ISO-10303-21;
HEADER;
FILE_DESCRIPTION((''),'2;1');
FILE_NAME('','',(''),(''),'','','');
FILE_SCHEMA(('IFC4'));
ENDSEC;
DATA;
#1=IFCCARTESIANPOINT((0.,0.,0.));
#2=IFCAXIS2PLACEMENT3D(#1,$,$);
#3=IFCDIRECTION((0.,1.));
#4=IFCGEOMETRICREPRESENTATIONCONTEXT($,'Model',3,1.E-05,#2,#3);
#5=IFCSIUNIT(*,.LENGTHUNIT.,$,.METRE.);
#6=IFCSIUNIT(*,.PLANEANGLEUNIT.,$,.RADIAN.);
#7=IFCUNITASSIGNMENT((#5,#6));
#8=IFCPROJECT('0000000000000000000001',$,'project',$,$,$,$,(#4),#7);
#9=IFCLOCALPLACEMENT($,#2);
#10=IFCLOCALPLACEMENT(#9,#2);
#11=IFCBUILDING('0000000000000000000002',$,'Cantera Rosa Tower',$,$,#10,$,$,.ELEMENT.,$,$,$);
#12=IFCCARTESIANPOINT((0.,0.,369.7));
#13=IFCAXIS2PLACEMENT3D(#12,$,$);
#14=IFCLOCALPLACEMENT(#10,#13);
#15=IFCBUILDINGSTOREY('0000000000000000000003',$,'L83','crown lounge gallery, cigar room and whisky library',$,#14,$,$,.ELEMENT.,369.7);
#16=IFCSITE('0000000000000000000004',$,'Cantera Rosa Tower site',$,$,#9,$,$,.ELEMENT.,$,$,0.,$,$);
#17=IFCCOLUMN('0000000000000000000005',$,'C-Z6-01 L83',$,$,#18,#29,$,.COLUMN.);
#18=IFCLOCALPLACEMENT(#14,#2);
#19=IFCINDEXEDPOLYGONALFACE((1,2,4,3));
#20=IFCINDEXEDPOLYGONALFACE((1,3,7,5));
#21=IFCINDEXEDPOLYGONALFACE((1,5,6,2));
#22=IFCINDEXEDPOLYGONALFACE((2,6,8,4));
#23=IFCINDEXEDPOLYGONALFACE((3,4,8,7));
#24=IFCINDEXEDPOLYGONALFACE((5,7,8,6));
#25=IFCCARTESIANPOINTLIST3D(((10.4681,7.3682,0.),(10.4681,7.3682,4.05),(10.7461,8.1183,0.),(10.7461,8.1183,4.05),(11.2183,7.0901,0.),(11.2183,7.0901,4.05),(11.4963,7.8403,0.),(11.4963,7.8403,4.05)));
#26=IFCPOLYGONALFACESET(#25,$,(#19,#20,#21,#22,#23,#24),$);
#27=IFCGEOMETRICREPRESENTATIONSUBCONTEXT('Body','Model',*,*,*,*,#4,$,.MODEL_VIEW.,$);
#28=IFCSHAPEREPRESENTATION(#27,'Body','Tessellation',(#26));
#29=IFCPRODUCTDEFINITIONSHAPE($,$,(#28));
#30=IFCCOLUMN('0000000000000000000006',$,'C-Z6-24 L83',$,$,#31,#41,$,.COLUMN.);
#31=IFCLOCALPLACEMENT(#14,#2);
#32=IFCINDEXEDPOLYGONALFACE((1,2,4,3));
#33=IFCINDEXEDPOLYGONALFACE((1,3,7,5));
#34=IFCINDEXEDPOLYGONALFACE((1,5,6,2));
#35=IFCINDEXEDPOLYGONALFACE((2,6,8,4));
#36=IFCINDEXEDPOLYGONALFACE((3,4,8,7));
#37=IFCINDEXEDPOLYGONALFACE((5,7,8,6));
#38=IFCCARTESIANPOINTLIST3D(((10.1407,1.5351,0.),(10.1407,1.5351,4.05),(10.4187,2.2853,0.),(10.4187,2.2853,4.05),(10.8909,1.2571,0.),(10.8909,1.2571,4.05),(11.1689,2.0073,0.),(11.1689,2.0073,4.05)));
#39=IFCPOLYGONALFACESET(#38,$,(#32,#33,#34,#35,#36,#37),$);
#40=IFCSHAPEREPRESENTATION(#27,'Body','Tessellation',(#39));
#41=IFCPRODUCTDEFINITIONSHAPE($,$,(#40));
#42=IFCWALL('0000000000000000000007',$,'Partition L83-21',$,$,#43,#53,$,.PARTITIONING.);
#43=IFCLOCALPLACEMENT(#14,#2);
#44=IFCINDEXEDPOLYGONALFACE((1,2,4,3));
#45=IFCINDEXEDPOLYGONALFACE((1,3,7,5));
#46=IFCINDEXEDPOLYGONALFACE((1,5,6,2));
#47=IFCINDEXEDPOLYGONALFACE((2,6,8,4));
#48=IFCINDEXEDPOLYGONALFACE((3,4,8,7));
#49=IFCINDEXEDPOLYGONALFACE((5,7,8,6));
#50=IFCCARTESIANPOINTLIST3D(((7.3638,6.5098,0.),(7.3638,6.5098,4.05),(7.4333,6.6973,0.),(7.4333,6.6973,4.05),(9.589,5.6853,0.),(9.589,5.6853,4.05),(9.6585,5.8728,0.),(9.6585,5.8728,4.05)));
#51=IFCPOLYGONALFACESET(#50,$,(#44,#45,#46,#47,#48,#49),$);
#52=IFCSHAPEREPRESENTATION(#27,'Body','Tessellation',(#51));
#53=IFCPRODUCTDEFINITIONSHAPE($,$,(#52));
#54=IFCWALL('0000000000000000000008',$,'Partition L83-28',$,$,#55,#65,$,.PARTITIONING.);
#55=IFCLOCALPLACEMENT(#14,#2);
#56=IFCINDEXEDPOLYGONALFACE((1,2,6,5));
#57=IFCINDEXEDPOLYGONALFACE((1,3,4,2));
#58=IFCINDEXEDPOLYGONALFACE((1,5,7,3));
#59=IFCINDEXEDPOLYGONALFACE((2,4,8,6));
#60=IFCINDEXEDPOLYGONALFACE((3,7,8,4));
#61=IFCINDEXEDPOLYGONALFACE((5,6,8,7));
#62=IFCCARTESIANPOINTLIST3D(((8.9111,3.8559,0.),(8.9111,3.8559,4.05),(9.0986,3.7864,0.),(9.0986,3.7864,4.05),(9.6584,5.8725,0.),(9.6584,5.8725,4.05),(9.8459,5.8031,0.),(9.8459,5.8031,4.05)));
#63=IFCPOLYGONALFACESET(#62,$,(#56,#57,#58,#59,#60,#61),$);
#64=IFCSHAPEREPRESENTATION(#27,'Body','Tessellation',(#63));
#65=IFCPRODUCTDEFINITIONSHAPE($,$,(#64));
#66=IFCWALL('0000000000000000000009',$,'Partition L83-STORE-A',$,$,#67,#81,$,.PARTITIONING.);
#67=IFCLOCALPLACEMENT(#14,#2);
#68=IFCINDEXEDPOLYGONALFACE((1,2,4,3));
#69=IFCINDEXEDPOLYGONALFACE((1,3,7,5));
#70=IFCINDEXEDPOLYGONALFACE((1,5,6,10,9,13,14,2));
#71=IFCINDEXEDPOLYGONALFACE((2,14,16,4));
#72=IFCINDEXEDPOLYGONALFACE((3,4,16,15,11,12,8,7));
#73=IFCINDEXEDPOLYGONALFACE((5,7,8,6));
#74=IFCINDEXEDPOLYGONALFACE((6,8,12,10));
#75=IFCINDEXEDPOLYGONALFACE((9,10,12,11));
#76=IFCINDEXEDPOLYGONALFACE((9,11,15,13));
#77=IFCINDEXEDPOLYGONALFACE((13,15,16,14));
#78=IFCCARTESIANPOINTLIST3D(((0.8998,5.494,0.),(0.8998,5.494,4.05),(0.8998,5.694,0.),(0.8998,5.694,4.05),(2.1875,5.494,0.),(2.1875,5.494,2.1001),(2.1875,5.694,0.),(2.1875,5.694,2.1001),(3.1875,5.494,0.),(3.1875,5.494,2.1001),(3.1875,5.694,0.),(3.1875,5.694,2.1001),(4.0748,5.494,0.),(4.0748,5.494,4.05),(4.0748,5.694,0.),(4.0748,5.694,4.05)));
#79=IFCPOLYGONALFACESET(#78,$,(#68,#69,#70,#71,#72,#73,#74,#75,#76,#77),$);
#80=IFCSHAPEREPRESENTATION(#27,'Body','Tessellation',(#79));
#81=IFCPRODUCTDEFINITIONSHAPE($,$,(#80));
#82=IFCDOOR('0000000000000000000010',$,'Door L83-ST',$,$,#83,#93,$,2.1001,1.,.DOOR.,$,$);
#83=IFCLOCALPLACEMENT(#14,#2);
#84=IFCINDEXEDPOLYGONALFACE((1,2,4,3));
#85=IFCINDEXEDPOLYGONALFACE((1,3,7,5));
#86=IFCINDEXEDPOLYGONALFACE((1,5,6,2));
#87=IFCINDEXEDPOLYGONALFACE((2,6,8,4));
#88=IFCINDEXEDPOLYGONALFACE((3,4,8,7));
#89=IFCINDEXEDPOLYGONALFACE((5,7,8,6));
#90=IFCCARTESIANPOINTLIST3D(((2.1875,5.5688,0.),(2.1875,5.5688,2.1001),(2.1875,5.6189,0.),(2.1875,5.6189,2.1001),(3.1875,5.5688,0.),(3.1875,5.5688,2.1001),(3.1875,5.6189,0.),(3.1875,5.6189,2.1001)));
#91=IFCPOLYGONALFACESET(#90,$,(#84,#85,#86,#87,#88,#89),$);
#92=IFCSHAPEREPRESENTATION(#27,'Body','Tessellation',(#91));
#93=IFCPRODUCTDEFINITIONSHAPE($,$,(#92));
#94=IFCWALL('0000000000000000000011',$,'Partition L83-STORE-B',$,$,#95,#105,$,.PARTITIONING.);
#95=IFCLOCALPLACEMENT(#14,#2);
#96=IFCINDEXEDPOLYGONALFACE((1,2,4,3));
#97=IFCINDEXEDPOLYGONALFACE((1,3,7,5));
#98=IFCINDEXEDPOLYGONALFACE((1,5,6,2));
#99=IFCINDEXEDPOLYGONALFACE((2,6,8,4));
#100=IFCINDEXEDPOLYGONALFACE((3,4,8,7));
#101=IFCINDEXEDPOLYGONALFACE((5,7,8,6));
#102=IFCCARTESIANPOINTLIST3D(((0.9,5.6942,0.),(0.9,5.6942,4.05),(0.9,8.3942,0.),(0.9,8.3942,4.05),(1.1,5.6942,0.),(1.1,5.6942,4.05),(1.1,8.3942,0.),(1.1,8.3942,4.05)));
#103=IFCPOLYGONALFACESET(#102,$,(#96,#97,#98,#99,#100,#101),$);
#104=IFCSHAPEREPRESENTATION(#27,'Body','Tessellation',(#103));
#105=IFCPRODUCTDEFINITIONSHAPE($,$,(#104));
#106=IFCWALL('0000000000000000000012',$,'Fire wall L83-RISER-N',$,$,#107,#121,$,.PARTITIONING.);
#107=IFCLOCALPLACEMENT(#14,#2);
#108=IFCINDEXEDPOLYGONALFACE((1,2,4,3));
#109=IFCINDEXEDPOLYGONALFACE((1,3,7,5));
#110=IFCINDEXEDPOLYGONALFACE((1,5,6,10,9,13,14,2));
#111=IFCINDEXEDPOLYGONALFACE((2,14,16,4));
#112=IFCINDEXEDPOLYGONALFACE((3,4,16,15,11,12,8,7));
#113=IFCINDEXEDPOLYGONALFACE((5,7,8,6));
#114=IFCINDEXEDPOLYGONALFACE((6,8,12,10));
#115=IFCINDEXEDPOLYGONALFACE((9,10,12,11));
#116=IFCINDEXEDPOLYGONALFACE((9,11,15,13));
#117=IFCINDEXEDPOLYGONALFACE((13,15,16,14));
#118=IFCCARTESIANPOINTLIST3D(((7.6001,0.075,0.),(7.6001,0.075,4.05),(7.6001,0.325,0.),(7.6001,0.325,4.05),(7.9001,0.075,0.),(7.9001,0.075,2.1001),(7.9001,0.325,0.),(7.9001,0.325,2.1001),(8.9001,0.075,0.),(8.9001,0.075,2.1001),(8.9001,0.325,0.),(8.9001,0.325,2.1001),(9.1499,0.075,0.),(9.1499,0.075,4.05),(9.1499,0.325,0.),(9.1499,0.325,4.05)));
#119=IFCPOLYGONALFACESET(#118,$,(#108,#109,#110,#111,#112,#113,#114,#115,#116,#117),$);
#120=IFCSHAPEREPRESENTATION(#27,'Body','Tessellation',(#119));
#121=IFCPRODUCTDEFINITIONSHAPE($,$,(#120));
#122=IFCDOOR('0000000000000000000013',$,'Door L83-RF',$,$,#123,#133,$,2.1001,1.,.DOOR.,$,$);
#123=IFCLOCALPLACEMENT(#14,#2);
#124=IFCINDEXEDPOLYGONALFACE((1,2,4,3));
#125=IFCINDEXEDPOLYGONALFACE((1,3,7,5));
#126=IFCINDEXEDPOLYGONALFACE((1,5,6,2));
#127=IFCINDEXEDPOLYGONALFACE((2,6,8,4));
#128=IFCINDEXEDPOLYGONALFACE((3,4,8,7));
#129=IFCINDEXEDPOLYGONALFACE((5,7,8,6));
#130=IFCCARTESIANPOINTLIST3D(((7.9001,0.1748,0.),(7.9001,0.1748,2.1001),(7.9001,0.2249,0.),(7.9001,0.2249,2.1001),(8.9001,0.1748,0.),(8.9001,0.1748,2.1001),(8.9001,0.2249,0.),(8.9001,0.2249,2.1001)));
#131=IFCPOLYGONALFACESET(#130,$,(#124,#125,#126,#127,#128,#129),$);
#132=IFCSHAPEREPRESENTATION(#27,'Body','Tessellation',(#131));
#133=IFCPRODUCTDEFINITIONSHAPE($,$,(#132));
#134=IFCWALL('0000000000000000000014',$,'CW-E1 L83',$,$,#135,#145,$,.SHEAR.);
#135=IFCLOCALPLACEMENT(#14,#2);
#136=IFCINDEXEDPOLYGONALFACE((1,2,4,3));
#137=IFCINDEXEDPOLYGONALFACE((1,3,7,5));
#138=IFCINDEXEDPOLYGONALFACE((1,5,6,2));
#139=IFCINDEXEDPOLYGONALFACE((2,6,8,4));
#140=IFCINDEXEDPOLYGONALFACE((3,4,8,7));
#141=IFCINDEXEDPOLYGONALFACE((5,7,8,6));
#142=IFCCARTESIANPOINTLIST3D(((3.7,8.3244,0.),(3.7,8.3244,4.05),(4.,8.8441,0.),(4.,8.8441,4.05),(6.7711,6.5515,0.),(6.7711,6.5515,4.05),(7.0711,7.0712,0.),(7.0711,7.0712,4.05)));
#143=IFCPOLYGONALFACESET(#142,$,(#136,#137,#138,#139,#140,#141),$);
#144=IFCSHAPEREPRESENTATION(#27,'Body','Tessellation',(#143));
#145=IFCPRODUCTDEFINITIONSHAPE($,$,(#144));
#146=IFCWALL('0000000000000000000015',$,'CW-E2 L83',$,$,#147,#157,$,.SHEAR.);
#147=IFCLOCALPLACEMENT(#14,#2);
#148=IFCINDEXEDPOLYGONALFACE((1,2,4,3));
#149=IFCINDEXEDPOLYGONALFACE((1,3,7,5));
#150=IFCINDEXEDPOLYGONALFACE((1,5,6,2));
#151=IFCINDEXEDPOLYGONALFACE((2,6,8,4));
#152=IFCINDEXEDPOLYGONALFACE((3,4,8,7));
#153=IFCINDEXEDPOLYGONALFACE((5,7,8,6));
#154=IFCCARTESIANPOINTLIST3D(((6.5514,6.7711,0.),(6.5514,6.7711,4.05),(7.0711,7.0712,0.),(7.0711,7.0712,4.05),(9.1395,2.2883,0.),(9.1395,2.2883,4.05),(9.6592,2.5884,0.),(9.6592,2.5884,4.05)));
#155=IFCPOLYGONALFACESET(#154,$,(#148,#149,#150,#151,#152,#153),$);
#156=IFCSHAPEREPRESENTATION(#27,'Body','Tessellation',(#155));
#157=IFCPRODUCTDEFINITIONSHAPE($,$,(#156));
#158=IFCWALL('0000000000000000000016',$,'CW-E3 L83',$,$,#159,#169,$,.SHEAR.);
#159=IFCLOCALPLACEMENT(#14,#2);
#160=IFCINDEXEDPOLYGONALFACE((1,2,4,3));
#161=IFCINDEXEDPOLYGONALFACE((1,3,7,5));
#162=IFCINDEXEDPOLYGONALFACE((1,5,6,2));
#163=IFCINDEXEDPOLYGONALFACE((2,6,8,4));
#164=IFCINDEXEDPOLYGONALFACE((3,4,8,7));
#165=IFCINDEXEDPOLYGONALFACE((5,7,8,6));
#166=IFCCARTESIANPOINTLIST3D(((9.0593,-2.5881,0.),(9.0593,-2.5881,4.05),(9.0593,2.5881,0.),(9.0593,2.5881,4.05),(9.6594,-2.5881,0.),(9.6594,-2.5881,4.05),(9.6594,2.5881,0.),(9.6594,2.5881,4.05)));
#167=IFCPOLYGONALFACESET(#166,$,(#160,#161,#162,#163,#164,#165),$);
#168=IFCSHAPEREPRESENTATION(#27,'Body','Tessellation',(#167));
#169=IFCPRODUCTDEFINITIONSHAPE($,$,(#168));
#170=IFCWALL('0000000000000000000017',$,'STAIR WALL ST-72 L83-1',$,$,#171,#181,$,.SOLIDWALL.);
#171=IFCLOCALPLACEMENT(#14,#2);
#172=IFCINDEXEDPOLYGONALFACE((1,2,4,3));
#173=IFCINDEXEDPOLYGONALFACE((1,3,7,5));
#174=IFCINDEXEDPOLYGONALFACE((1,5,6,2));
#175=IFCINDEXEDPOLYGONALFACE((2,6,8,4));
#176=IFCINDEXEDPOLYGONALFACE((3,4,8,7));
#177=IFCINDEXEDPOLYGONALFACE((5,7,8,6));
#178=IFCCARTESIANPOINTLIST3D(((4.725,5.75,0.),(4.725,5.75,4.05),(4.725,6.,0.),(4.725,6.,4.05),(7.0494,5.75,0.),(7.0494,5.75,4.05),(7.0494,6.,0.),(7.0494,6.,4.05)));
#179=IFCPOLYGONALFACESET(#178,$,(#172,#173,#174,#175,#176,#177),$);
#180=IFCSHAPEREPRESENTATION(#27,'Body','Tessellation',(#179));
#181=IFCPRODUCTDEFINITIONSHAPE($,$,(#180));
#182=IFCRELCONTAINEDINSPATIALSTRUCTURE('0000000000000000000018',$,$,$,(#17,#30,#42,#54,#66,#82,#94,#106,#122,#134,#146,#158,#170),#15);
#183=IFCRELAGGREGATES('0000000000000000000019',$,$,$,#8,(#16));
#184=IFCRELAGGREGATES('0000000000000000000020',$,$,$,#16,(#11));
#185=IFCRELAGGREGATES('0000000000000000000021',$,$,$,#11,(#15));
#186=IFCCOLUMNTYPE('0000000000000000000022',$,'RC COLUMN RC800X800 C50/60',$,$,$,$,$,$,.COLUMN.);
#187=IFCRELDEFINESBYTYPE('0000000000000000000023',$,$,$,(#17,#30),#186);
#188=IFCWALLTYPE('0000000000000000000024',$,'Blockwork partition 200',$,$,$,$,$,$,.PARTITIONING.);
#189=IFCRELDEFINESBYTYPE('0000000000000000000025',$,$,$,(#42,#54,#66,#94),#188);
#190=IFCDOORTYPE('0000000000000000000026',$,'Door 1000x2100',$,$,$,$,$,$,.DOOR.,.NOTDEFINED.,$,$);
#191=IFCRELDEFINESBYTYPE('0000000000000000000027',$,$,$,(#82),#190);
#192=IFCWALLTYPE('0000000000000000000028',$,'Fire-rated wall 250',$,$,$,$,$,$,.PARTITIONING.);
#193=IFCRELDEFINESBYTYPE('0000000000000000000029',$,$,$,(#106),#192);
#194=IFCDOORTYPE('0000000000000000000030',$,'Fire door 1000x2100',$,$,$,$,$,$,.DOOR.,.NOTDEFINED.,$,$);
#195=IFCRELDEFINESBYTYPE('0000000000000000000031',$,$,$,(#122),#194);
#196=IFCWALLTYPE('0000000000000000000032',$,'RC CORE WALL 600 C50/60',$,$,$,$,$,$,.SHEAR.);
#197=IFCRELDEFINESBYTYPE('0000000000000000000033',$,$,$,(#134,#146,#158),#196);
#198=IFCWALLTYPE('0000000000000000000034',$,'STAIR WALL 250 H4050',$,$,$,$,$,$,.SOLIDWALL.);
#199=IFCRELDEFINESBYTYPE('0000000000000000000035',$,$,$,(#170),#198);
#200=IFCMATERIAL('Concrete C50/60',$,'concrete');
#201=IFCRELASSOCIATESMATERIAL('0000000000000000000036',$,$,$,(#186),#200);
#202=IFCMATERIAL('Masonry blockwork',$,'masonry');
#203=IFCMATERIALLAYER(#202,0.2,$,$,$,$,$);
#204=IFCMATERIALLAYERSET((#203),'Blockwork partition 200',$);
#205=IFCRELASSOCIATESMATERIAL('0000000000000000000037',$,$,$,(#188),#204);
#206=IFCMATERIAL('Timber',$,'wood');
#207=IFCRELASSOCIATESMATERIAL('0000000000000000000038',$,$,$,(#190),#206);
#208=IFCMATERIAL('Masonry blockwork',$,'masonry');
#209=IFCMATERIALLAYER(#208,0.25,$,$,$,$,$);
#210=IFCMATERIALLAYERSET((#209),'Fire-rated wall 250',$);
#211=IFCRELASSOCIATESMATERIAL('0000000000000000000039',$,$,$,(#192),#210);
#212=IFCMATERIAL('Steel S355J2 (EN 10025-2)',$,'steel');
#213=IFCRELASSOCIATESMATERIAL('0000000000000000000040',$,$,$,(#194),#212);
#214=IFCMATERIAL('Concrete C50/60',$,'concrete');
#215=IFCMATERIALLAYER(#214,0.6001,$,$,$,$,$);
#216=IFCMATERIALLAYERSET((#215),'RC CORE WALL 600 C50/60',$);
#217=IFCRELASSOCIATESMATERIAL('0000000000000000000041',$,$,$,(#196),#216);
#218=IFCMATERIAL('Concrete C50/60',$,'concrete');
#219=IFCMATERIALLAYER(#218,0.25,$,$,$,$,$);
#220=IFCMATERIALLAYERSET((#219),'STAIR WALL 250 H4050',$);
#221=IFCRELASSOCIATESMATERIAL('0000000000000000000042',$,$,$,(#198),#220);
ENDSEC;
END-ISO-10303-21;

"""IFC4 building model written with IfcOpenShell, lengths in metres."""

from ifc_helpers import new_model, si_unit, direction, frame, frame_2d, origin, origin_2d, place, context, subcontext, project, spatial, rectangle, extrude, material, layer, layer_set, material_profile, profile_set, type_object, element, fill, save


model = new_model("IFC4")

# Units and contexts
model_context = context("Model", 3, precision=1e-05, world=origin(), true_north=direction((0.0, 1.0)))
body_context = subcontext(model_context, "Body", "Model", "MODEL_VIEW")
ifc_project = project(units=[si_unit("LENGTHUNIT", "METRE"), si_unit("PLANEANGLEUNIT", "RADIAN")], contexts=[model_context])

# Site, building, storey
site_placement = place(None, origin())
site = spatial("IfcSite", under=ifc_project, at=site_placement, Name="Cantera Rosa Tower site", CompositionType="ELEMENT", RefElevation=0.0)
building_placement = place(site_placement, origin())
building = spatial("IfcBuilding", under=site, at=building_placement, Name="Cantera Rosa Tower", CompositionType="ELEMENT")
storey_placement = place(building_placement, frame((0.0, 0.0, 369.7)))
storey = spatial("IfcBuildingStorey", under=building, at=storey_placement, Name="L83", Description="crown lounge gallery, cigar room and whisky library", CompositionType="ELEMENT", Elevation=369.7)

# Columns
ifc_material_1 = material(Name="Concrete C50/60", Category="concrete")
ifc_material_profile = material_profile(ifc_material_1, rectangle(XDim=0.8, YDim=0.8, at=origin_2d()), Name="RC COLUMN RC800X800 C50/60")
ifc_profile_set = profile_set([ifc_material_profile], Name="Concrete C50/60")
column_type = type_object("IfcColumnType", Name="RC COLUMN RC800X800 C50/60", PredefinedType="COLUMN", material=ifc_profile_set)
for number, where, z_axis, x_axis, name in (
    (1, (10.9822, 7.6042, 0.0), (0.0, 0.0, 1.0), (0.347481, 0.937687, 0.0), "C-Z6-01 L83"),
    (2, (10.6548, 1.7712, 0.0), (0.0, 0.0, 1.0), (0.347481, 0.937687, 0.0), "C-Z6-24 L83"),
):
    element("IfcColumn", number, at=place(storey_placement, frame(where, z_axis=z_axis, x_axis=x_axis)), inside=storey, type_object=column_type, Name=name, PredefinedType="COLUMN", context=body_context, shape_type="SweptSolid", body=[
        extrude(rectangle(XDim=0.8, YDim=0.8, at=origin_2d()), origin(), (0.0, 0.0, 1.0), 4.05),
    ])

# Walls
ifc_material_2 = material(Name="Masonry blockwork", Category="masonry")
ifc_layer_1 = layer(ifc_material_2, 0.2)
ifc_layer_set_1 = layer_set([ifc_layer_1], Name="Blockwork partition 200")
wall_type_1 = type_object("IfcWallType", Name="Blockwork partition 200", PredefinedType="PARTITIONING", material=ifc_layer_set_1)
wall_1_placement = place(storey_placement, frame((9.6238, 5.7791, 0.0), z_axis=(0.0, 0.0, 1.0), x_axis=(-0.9377, 0.347445, 0.0)))
element("IfcWall", 3, at=wall_1_placement, inside=storey, type_object=wall_type_1, Name="Partition L83-21", PredefinedType="PARTITIONING", context=body_context, shape_type="SweptSolid", body=[
    extrude(rectangle(XDim=2.373, YDim=0.2, at=frame_2d((1.1865, 0.0))), origin(), (0.0, 0.0, 1.0), 4.05),
])
wall_2_placement = place(storey_placement, frame((9.0049, 3.8213, 0.0), z_axis=(0.0, 0.0, 1.0), x_axis=(0.347488, 0.937684, 0.0)))
element("IfcWall", 4, at=wall_2_placement, inside=storey, type_object=wall_type_1, Name="Partition L83-28", PredefinedType="PARTITIONING", context=body_context, shape_type="SweptSolid", body=[
    extrude(rectangle(XDim=2.1506, YDim=0.2, at=frame_2d((1.0752, 0.0))), origin(), (0.0, 0.0, 1.0), 4.05),
])

# Wall, opening, door
wall_3_placement = place(storey_placement, frame((0.8999, 5.594, 0.0), z_axis=(0.0, 0.0, 1.0), x_axis=(1.0, 0.0, 0.0)))
wall_3 = element("IfcWall", 5, at=wall_3_placement, inside=storey, type_object=wall_type_1, Name="Partition L83-STORE-A", PredefinedType="PARTITIONING", context=body_context, shape_type="SweptSolid", body=[
    extrude(rectangle(XDim=3.175, YDim=0.2, at=frame_2d((1.5874, 0.0))), origin(), (0.0, 0.0, 1.0), 4.05),
])
opening_1_placement = place(wall_3_placement, frame((1.2876, 0.0, 0.0)))
opening_1 = element("IfcOpeningElement", 6, at=opening_1_placement, cuts=wall_3, PredefinedType="OPENING", context=body_context, shape_type="SweptSolid", body=[
    extrude(rectangle(XDim=1.0, YDim=2.1001, at=frame_2d((0.5, 1.05))), frame((0.0, 0.1099, 0.0), z_axis=(0.0, -1.0, 0.0), x_axis=(1.0, 0.0, 0.0)), (0.0, 0.0, 1.0), 0.22),
])
ifc_material_3 = material(Name="Timber", Category="wood")
door_type_1 = type_object("IfcDoorType", Name="Door 1000x2100", OperationType="NOTDEFINED", PredefinedType="DOOR", material=ifc_material_3)
door_1_placement = place(opening_1_placement, origin())
door_1 = element("IfcDoor", 7, at=door_1_placement, inside=storey, type_object=door_type_1, Name="Door L83-ST", OverallHeight=2.1001, OverallWidth=1.0, PredefinedType="DOOR", context=body_context, shape_type="SweptSolid", body=[
    extrude(rectangle(XDim=1.0, YDim=2.1001, at=frame_2d((0.5, 1.05))), frame((0.0, 0.0249, 0.0), z_axis=(0.0, -1.0, 0.0), x_axis=(1.0, 0.0, 0.0)), (0.0, 0.0, 1.0), 0.05),
])
fill(opening_1, door_1)

# Wall
wall_4_placement = place(storey_placement, frame((1.0, 5.6941, 0.0), z_axis=(0.0, 0.0, 1.0), x_axis=(0.0, 1.0, 0.0)))
element("IfcWall", 8, at=wall_4_placement, inside=storey, type_object=wall_type_1, Name="Partition L83-STORE-B", PredefinedType="PARTITIONING", context=body_context, shape_type="SweptSolid", body=[
    extrude(rectangle(XDim=2.7, YDim=0.2, at=frame_2d((1.3501, 0.0))), origin(), (0.0, 0.0, 1.0), 4.05),
])

# Wall, opening, door
ifc_material_4 = material(Name="Masonry blockwork", Category="masonry")
ifc_layer_2 = layer(ifc_material_4, 0.25)
ifc_layer_set_2 = layer_set([ifc_layer_2], Name="Fire-rated wall 250")
wall_type_2 = type_object("IfcWallType", Name="Fire-rated wall 250", PredefinedType="PARTITIONING", material=ifc_layer_set_2)
wall_5_placement = place(storey_placement, frame((7.6001, 0.2, 0.0), z_axis=(0.0, 0.0, 1.0), x_axis=(1.0, 0.0, 0.0)))
wall_5 = element("IfcWall", 9, at=wall_5_placement, inside=storey, type_object=wall_type_2, Name="Fire wall L83-RISER-N", PredefinedType="PARTITIONING", context=body_context, shape_type="SweptSolid", body=[
    extrude(rectangle(XDim=1.5498, YDim=0.25, at=frame_2d((0.7749, 0.0))), origin(), (0.0, 0.0, 1.0), 4.05),
])
opening_2_placement = place(wall_5_placement, frame((0.3, 0.0, 0.0)))
opening_2 = element("IfcOpeningElement", 10, at=opening_2_placement, cuts=wall_5, PredefinedType="OPENING", context=body_context, shape_type="SweptSolid", body=[
    extrude(rectangle(XDim=1.0, YDim=2.1001, at=frame_2d((0.5, 1.05))), frame((0.0, 0.135, 0.0), z_axis=(0.0, -1.0, 0.0), x_axis=(1.0, 0.0, 0.0)), (0.0, 0.0, 1.0), 0.27),
])
ifc_material_5 = material(Name="Steel S355J2 (EN 10025-2)", Category="steel")
door_type_2 = type_object("IfcDoorType", Name="Fire door 1000x2100", OperationType="NOTDEFINED", PredefinedType="DOOR", material=ifc_material_5)
door_2_placement = place(opening_2_placement, origin())
door_2 = element("IfcDoor", 11, at=door_2_placement, inside=storey, type_object=door_type_2, Name="Door L83-RF", OverallHeight=2.1001, OverallWidth=1.0, PredefinedType="DOOR", context=body_context, shape_type="SweptSolid", body=[
    extrude(rectangle(XDim=1.0, YDim=2.1001, at=frame_2d((0.5, 1.05))), frame((0.0, 0.0249, 0.0), z_axis=(0.0, -1.0, 0.0), x_axis=(1.0, 0.0, 0.0)), (0.0, 0.0, 1.0), 0.05),
])
fill(opening_2, door_2)

# Walls
ifc_material_6 = material(Name="Concrete C50/60", Category="concrete")
ifc_layer_3 = layer(ifc_material_6, 0.6001)
ifc_layer_set_3 = layer_set([ifc_layer_3], Name="RC CORE WALL 600 C50/60")
wall_type_3 = type_object("IfcWallType", Name="RC CORE WALL 600 C50/60", PredefinedType="SHEAR", material=ifc_layer_set_3)
wall_6_placement = place(storey_placement, frame((3.8501, 8.5842, 0.0), z_axis=(0.0, 0.0, 1.0), x_axis=(0.86604, -0.499975, 0.0)))
element("IfcWall", 12, at=wall_6_placement, inside=storey, type_object=wall_type_3, Name="CW-E1 L83", PredefinedType="SHEAR", context=body_context, shape_type="SweptSolid", body=[
    extrude(rectangle(XDim=3.5461, YDim=0.6001, at=frame_2d((1.7729, 0.0))), origin(), (0.0, 0.0, 1.0), 4.05),
])
for number, where, z_axis, x_axis, name in (
    (13, (6.8113, 6.9211, 0.0), (0.0, 0.0, 1.0), (0.499989, -0.866032, 0.0), "CW-E2 L83"),
    (14, (9.3594, 2.5881, 0.0), (0.0, 0.0, 1.0), (0.0, -1.0, 0.0), "CW-E3 L83"),
):
    element("IfcWall", number, at=place(storey_placement, frame(where, z_axis=z_axis, x_axis=x_axis)), inside=storey, type_object=wall_type_3, Name=name, PredefinedType="SHEAR", context=body_context, shape_type="SweptSolid", body=[
        extrude(rectangle(XDim=5.1763, YDim=0.6001, at=frame_2d((2.5881, 0.0))), origin(), (0.0, 0.0, 1.0), 4.05),
    ])
ifc_material_7 = material(Name="Concrete C50/60", Category="concrete")
ifc_layer_4 = layer(ifc_material_7, 0.25)
ifc_layer_set_4 = layer_set([ifc_layer_4], Name="STAIR WALL 250 H4050")
wall_type_4 = type_object("IfcWallType", Name="STAIR WALL 250 H4050", PredefinedType="SOLIDWALL", material=ifc_layer_set_4)
wall_7_placement = place(storey_placement, frame((4.7251, 5.875, 0.0), z_axis=(0.0, 0.0, 1.0), x_axis=(1.0, 0.0, 0.0)))
element("IfcWall", 15, at=wall_7_placement, inside=storey, type_object=wall_type_4, Name="STAIR WALL ST-72 L83-1", PredefinedType="SOLIDWALL", context=body_context, shape_type="SweptSolid", body=[
    extrude(rectangle(XDim=2.3245, YDim=0.25, at=frame_2d((1.1621, 0.0))), origin(), (0.0, 0.0, 1.0), 4.05),
])

save(model, "model.ifc")
